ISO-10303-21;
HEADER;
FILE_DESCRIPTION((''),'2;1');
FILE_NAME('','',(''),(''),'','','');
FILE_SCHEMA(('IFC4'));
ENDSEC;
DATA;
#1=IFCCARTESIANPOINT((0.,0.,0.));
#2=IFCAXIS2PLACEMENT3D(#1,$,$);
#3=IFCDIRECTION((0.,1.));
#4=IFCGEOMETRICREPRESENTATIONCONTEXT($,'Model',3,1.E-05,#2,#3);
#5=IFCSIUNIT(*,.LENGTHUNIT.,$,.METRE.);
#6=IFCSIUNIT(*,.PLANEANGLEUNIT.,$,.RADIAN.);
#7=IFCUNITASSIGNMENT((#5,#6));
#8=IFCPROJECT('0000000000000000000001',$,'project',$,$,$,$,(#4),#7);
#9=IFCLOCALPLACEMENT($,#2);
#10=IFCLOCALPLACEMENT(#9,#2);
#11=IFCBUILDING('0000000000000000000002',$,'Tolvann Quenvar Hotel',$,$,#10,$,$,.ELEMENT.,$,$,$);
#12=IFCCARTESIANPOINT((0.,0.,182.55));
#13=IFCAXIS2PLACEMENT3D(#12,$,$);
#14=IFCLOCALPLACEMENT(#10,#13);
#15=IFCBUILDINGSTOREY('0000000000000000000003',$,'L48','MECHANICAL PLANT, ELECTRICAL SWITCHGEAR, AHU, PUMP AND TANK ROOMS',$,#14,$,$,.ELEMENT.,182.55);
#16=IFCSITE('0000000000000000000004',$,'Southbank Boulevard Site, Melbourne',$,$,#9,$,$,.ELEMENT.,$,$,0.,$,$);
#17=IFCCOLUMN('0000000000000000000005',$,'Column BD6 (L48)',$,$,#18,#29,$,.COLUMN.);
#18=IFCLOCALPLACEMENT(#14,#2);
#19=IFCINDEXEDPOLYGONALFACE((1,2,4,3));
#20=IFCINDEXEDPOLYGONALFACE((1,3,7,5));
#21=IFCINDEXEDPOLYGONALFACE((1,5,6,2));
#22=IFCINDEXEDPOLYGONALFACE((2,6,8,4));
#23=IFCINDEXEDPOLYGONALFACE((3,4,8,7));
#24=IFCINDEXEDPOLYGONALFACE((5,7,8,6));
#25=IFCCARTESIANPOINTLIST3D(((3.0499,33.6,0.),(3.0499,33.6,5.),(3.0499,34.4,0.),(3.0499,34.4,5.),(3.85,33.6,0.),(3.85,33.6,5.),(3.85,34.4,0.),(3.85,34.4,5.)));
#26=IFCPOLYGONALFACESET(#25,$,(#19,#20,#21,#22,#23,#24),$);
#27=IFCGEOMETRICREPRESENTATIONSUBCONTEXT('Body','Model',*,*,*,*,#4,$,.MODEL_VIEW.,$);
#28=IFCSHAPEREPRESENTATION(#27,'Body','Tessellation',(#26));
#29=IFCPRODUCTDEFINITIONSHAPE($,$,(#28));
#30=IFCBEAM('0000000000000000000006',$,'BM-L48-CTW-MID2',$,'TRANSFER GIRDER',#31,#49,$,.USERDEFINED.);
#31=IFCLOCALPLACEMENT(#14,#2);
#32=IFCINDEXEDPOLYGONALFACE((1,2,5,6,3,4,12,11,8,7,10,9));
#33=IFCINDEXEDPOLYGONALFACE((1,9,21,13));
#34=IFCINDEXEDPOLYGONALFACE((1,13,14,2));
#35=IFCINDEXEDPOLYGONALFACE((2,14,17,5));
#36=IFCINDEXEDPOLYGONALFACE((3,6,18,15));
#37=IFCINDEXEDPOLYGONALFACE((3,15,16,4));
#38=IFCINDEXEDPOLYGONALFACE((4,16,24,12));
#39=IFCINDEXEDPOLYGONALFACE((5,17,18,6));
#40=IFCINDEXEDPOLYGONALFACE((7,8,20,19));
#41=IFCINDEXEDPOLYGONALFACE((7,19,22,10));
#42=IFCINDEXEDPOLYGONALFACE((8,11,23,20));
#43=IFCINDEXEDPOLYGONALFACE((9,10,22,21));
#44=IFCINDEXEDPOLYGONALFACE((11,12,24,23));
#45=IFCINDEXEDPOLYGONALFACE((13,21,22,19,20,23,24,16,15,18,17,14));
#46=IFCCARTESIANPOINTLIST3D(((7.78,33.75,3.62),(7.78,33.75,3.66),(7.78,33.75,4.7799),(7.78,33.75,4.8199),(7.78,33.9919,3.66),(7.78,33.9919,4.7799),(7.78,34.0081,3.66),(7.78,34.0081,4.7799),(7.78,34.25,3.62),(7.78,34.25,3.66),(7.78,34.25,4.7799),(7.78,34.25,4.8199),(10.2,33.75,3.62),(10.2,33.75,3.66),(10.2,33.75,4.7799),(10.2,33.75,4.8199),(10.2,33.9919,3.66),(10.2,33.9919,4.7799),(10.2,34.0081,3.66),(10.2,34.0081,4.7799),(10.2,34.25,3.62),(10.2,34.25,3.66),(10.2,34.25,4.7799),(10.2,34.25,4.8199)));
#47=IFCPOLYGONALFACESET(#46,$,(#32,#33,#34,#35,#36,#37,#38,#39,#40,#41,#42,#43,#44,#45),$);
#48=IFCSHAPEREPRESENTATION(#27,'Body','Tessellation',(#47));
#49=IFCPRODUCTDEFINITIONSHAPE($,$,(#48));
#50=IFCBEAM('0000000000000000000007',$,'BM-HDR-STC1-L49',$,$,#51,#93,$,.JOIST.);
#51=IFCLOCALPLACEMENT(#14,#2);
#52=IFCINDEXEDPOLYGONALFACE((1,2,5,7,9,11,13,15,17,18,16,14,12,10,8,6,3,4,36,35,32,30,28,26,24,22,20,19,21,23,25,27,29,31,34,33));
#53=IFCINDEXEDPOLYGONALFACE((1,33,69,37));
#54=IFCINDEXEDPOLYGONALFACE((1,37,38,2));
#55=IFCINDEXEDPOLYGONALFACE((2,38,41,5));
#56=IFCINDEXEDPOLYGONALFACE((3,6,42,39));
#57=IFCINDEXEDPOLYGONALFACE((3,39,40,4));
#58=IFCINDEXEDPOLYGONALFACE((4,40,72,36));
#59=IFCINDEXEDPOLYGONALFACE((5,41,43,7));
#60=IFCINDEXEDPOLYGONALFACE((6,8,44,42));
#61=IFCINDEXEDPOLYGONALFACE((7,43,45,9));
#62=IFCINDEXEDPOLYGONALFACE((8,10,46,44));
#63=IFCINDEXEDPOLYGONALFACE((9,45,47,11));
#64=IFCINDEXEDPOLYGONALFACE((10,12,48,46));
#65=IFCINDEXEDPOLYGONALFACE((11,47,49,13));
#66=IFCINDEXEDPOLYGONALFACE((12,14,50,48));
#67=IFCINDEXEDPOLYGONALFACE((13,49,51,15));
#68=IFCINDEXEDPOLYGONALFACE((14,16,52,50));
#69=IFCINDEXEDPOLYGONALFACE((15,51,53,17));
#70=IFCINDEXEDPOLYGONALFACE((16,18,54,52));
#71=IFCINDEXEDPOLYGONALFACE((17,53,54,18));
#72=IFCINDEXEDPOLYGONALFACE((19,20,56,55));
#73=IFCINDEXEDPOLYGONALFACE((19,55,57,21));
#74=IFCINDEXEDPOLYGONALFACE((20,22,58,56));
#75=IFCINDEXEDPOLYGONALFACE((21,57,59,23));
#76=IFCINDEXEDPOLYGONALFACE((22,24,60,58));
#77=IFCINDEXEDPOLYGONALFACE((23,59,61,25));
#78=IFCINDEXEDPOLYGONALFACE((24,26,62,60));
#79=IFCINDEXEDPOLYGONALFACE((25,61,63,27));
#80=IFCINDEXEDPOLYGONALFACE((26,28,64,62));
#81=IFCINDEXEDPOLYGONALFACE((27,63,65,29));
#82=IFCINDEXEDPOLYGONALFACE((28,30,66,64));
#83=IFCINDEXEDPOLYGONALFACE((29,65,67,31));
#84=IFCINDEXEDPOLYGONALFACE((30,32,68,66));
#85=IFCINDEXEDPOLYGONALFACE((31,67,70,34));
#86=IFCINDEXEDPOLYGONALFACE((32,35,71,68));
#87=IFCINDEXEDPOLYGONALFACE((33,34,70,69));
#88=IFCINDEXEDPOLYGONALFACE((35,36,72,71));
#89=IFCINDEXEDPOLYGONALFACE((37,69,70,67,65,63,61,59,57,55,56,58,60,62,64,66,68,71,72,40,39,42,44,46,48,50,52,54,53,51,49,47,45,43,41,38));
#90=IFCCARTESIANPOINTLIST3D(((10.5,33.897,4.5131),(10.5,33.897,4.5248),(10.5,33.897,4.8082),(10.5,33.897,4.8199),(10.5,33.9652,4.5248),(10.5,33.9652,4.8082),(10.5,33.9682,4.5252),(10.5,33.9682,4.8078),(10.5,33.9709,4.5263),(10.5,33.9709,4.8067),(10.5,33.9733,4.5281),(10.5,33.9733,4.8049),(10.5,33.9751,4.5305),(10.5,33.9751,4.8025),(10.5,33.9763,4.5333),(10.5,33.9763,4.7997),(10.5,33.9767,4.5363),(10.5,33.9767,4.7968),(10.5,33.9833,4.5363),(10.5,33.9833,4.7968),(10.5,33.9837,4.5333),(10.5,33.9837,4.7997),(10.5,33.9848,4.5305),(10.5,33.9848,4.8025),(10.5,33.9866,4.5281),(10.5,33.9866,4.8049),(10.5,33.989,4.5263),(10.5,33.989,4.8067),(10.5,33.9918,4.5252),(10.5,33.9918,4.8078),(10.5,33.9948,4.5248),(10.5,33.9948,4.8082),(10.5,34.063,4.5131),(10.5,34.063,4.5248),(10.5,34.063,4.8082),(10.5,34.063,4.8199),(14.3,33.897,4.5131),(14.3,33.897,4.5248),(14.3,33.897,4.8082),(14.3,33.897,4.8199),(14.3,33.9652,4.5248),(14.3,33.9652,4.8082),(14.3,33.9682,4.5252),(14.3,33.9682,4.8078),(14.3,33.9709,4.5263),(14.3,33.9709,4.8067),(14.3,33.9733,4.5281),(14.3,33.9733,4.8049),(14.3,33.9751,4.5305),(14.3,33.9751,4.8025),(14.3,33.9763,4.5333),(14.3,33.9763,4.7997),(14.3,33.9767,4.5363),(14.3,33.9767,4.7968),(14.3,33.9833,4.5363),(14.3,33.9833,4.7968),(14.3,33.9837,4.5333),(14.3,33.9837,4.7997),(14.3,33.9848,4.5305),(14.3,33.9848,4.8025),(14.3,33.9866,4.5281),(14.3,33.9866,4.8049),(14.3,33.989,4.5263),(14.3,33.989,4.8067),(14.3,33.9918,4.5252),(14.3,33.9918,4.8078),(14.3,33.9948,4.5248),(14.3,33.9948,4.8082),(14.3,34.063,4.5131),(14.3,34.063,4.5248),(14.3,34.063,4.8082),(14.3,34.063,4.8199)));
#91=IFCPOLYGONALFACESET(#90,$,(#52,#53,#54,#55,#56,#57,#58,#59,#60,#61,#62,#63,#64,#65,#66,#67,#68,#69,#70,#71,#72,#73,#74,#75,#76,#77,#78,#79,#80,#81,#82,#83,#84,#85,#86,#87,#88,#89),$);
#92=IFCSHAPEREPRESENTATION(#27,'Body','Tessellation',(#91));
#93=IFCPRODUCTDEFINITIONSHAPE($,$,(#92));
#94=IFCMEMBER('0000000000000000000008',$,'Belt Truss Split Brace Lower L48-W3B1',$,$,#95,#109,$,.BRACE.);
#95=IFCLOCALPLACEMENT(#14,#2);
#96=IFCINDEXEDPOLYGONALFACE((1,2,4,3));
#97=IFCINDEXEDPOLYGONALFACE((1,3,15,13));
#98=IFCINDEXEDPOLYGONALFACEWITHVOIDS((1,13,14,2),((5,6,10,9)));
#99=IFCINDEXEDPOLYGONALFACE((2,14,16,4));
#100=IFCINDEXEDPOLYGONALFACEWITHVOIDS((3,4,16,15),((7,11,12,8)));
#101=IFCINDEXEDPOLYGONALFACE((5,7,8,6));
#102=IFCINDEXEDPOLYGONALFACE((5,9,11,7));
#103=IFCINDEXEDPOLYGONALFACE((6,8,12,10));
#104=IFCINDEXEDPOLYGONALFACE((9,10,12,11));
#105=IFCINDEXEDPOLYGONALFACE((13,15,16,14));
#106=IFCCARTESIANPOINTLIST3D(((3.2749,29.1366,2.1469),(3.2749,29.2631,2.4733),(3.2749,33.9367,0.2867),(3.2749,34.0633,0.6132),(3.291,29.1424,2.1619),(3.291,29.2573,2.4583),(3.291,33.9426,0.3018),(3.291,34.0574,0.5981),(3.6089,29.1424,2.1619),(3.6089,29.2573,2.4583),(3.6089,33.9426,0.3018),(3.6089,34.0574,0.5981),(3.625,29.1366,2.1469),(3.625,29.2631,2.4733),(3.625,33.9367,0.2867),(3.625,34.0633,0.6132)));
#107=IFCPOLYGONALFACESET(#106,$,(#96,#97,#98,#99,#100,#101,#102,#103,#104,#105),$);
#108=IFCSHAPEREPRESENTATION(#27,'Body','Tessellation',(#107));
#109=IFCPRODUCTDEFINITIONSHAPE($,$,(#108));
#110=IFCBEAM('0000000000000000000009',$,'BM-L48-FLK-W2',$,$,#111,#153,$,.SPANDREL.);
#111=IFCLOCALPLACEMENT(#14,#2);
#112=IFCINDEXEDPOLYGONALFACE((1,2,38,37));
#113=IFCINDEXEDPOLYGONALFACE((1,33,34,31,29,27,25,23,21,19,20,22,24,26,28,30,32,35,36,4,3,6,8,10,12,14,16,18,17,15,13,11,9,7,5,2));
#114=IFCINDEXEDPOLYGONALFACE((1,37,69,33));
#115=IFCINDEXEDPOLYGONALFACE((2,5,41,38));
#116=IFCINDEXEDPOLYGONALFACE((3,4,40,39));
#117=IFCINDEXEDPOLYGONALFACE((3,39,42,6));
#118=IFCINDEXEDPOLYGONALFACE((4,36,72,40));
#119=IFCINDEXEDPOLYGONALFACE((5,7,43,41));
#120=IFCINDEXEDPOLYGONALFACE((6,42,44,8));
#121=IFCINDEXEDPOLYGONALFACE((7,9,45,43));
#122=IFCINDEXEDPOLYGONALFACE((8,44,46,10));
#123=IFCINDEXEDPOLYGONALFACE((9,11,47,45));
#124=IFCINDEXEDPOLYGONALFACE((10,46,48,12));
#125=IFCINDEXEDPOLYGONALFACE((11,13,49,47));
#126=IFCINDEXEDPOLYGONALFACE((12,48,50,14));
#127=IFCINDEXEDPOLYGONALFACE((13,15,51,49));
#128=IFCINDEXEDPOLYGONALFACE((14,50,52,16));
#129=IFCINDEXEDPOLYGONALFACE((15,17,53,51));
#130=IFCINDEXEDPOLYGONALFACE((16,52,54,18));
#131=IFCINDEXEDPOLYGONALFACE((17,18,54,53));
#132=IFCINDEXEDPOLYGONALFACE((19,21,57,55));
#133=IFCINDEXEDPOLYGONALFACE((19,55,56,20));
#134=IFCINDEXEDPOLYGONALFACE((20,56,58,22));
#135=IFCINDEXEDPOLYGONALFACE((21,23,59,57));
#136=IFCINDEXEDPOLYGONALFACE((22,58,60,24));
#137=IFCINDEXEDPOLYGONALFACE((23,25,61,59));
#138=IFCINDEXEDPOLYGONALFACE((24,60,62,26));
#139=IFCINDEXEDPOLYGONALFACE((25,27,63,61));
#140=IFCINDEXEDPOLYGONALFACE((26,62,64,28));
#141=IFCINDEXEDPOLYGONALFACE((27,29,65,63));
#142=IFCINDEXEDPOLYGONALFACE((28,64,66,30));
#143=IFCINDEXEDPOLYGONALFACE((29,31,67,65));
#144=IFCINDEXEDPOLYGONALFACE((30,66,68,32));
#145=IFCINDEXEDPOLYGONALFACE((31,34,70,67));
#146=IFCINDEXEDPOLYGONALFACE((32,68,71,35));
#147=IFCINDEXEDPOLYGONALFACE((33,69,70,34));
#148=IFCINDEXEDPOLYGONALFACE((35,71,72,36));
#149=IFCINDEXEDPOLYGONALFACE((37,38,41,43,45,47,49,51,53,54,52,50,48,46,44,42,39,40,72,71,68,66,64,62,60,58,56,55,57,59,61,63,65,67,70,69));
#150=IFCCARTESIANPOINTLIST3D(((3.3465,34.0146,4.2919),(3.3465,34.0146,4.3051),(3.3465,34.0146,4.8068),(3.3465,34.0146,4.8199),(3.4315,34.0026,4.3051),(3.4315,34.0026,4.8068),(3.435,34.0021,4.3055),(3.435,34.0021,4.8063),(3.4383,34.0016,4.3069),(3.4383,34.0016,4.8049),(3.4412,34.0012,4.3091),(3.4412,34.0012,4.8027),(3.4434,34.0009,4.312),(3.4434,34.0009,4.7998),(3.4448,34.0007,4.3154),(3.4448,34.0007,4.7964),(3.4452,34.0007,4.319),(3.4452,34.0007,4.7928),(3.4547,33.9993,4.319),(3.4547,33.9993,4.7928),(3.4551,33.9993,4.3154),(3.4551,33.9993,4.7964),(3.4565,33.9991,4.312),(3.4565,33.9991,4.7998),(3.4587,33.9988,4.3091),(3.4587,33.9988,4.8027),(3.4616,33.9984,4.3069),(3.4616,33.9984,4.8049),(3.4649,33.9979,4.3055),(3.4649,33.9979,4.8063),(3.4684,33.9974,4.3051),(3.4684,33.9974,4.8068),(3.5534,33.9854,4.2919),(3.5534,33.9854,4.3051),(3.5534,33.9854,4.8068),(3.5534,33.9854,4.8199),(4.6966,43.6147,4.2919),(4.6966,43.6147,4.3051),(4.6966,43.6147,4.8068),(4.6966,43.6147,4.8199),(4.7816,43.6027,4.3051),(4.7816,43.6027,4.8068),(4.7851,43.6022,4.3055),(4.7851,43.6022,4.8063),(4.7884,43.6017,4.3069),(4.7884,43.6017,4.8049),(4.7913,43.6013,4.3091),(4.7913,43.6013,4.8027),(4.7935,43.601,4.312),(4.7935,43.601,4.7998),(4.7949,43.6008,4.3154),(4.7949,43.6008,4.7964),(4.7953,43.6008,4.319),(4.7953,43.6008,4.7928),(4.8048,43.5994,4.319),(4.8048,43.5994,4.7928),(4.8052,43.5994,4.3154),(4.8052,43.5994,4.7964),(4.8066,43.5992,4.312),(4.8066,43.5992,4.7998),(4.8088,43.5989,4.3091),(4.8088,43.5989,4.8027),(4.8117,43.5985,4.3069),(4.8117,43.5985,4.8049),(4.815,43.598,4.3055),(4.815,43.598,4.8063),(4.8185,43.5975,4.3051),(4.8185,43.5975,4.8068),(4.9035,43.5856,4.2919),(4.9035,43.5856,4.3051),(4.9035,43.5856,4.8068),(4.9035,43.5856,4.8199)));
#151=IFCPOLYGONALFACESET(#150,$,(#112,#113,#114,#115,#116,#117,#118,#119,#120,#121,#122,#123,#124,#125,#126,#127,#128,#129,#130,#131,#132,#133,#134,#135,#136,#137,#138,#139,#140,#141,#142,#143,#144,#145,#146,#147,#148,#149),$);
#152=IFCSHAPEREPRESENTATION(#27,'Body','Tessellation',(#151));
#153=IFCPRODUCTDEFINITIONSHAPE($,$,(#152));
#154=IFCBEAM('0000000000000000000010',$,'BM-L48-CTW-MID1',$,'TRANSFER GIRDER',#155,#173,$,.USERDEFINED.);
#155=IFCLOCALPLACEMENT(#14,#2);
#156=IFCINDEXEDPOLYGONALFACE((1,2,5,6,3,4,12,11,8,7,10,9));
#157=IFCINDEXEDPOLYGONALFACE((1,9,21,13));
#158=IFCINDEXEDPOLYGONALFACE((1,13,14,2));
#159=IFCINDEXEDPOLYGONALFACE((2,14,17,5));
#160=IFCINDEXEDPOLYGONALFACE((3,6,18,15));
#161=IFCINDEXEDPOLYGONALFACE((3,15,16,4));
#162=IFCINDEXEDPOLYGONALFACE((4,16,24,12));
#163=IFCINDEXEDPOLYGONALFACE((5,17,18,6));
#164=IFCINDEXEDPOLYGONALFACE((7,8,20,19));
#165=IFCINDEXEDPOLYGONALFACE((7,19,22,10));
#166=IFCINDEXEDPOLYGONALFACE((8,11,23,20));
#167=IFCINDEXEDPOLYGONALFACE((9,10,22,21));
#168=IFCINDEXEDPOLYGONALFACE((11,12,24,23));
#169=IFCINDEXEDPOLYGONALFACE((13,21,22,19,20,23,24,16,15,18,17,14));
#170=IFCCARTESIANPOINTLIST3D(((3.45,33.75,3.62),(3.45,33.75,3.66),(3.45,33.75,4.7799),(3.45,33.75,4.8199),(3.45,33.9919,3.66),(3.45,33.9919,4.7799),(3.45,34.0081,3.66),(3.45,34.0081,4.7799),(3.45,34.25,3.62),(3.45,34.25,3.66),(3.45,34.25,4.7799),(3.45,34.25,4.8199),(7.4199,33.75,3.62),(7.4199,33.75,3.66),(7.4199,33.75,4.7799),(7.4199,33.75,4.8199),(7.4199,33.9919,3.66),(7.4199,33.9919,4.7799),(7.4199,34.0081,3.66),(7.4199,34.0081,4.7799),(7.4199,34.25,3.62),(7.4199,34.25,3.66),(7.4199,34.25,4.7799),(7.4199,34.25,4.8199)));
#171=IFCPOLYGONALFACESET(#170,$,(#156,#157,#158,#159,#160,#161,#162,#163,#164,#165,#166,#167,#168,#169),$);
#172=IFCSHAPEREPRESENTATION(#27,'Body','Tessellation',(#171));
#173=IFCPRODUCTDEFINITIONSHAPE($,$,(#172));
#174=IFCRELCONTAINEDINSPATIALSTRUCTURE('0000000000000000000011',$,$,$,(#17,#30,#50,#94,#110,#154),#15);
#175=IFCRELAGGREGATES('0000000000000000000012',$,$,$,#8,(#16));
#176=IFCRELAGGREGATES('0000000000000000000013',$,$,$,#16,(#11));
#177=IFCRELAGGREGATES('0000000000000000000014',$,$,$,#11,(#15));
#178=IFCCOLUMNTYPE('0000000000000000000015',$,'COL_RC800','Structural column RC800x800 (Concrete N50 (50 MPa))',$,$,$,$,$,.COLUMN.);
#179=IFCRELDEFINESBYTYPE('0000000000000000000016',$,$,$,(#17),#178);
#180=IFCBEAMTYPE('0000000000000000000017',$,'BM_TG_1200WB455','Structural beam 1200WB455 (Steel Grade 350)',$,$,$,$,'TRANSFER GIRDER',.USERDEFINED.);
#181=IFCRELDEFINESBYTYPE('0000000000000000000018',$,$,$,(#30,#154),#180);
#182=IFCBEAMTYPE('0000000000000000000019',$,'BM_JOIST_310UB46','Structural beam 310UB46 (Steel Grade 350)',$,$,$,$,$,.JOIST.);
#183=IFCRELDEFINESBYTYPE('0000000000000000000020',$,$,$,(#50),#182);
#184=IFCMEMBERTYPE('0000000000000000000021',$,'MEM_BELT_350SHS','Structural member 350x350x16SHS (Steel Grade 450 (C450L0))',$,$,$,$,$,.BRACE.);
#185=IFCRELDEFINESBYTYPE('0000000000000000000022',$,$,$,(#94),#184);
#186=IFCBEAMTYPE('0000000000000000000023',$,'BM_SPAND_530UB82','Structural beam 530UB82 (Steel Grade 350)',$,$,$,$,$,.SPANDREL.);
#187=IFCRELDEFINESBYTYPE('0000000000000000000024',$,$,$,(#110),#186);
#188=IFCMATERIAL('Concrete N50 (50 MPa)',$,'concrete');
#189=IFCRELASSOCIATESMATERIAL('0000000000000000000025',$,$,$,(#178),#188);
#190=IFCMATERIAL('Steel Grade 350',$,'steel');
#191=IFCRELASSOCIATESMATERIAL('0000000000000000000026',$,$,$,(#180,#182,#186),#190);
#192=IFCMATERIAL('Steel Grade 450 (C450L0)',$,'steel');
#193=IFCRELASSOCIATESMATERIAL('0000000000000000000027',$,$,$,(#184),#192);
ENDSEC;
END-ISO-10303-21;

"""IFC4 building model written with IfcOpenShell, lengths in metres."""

from ifc_helpers import new_model, si_unit, direction, frame, origin, origin_2d, place, context, subcontext, project, spatial, rectangle, hollow_rectangle, i_section, extrude, source, transform, mapped, material, material_profile, profile_set, type_object, type_shapes, element, save


model = new_model("IFC4")

# Units and contexts
model_context = context("Model", 3, precision=1e-05, world=origin(), true_north=direction((0.0, 1.0)))
body_context = subcontext(model_context, "Body", "Model", "MODEL_VIEW")
ifc_project = project(units=[si_unit("LENGTHUNIT", "METRE"), si_unit("PLANEANGLEUNIT", "RADIAN")], contexts=[model_context])

# Site, building, storey
site_placement = place(None, origin())
site = spatial("IfcSite", under=ifc_project, at=site_placement, Name="Southbank Boulevard Site, Melbourne", CompositionType="ELEMENT", RefElevation=0.0)
building_placement = place(site_placement, origin())
building = spatial("IfcBuilding", under=site, at=building_placement, Name="Tolvann Quenvar Hotel", CompositionType="ELEMENT")
storey_placement = place(building_placement, frame((0.0, 0.0, 182.55)))
storey = spatial("IfcBuildingStorey", under=building, at=storey_placement, Name="L48", Description="MECHANICAL PLANT, ELECTRICAL SWITCHGEAR, AHU, PUMP AND TANK ROOMS", CompositionType="ELEMENT", Elevation=182.55)

# Column
ifc_material_1 = material(Name="Concrete N50 (50 MPa)", Category="concrete")
ifc_material_profile_1 = material_profile(ifc_material_1, rectangle(XDim=0.8, YDim=0.8, at=origin_2d()), Name="RC800x800")
ifc_profile_set_1 = profile_set([ifc_material_profile_1], Name="Concrete N50 (50 MPa)")
column_type = type_object("IfcColumnType", Name="COL_RC800", Description="Structural column RC800x800 (Concrete N50 (50 MPa))", PredefinedType="COLUMN", material=ifc_profile_set_1)
shared_shape_1 = source(origin(), body_context, "Body", "SweptSolid", [
    extrude(rectangle(XDim=0.8, YDim=0.8, at=origin_2d()), origin(), (0.0, 0.0, 1.0), 5.0),
])
type_shapes(column_type, [shared_shape_1])
column_placement = place(storey_placement, frame((3.45, 34.0, 0.0), z_axis=(0.0, 0.0, 1.0), x_axis=(1.0, 0.0, 0.0)))
element("IfcColumn", 1, at=column_placement, inside=storey, type_object=column_type, Name="Column BD6 (L48)", PredefinedType="COLUMN", context=body_context, shape_type="MappedRepresentation", body=[
    mapped(shared_shape_1, transform((0.0, 0.0, 0.0), x_axis=(1.0, 0.0, 0.0), y_axis=(0.0, 1.0, 0.0), z_axis=(0.0, 0.0, 1.0), scale=1.0)),
])

# Beams
ifc_material_2 = material(Name="Steel Grade 350", Category="steel")
ifc_material_profile_2 = material_profile(ifc_material_2, i_section(OverallWidth=0.5, OverallDepth=1.2, WebThickness=0.0161, FlangeThickness=0.04, at=origin_2d()), Name="1200WB455")
ifc_profile_set_2 = profile_set([ifc_material_profile_2], Name="Steel Grade 350")
beam_type_1 = type_object("IfcBeamType", Name="BM_TG_1200WB455", Description="Structural beam 1200WB455 (Steel Grade 350)", ElementType="TRANSFER GIRDER", PredefinedType="USERDEFINED", material=ifc_profile_set_2)
shared_shape_2 = source(origin(), body_context, "Body", "SweptSolid", [
    extrude(i_section(OverallWidth=0.5, OverallDepth=1.2, WebThickness=0.0161, FlangeThickness=0.04, at=origin_2d()), origin(), (0.0, 0.0, 1.0), 2.4199),
])
beam_1_placement = place(storey_placement, frame((7.78, 34.0, 4.22), z_axis=(1.0, 0.0, 0.0), x_axis=(0.0, 1.0, 0.0)))
element("IfcBeam", 2, at=beam_1_placement, inside=storey, type_object=beam_type_1, Name="BM-L48-CTW-MID2", ObjectType="TRANSFER GIRDER", PredefinedType="USERDEFINED", context=body_context, shape_type="MappedRepresentation", body=[
    mapped(shared_shape_2, transform((0.0, 0.0, 0.0), x_axis=(1.0, 0.0, 0.0), y_axis=(0.0, 1.0, 0.0), z_axis=(0.0, 0.0, 1.0), scale=1.0)),
])
ifc_material_profile_3 = material_profile(ifc_material_2, i_section(OverallWidth=0.166, OverallDepth=0.3069, WebThickness=0.0066, FlangeThickness=0.0117, FilletRadius=0.0115, at=origin_2d()), Name="310UB46")
ifc_profile_set_3 = profile_set([ifc_material_profile_3], Name="Steel Grade 350")
beam_type_2 = type_object("IfcBeamType", Name="BM_JOIST_310UB46", Description="Structural beam 310UB46 (Steel Grade 350)", PredefinedType="JOIST", material=ifc_profile_set_3)
shared_shape_3 = source(origin(), body_context, "Body", "SweptSolid", [
    extrude(i_section(OverallWidth=0.166, OverallDepth=0.3069, WebThickness=0.0066, FlangeThickness=0.0117, FilletRadius=0.0115, at=origin_2d()), origin(), (0.0, 0.0, 1.0), 3.8),
])
type_shapes(beam_type_2, [shared_shape_3])
beam_2_placement = place(storey_placement, frame((10.5, 33.98, 4.6665), z_axis=(1.0, 0.0, 0.0), x_axis=(0.0, 1.0, 0.0)))
element("IfcBeam", 3, at=beam_2_placement, inside=storey, type_object=beam_type_2, Name="BM-HDR-STC1-L49", PredefinedType="JOIST", context=body_context, shape_type="MappedRepresentation", body=[
    mapped(shared_shape_3, transform((0.0, 0.0, 0.0), x_axis=(1.0, 0.0, 0.0), y_axis=(0.0, 1.0, 0.0), z_axis=(0.0, 0.0, 1.0), scale=1.0)),
])

# Member
ifc_material_3 = material(Name="Steel Grade 450 (C450L0)", Category="steel")
ifc_material_profile_4 = material_profile(ifc_material_3, hollow_rectangle(XDim=0.3501, YDim=0.3501, WallThickness=0.0161, at=origin_2d()), Name="350x350x16SHS")
ifc_profile_set_4 = profile_set([ifc_material_profile_4], Name="Steel Grade 450 (C450L0)")
member_type_1 = type_object("IfcMemberType", Name="MEM_BELT_350SHS", Description="Structural member 350x350x16SHS (Steel Grade 450 (C450L0))", PredefinedType="BRACE", material=ifc_profile_set_4)
shared_shape_4 = source(origin(), body_context, "Body", "SweptSolid", [
    extrude(hollow_rectangle(XDim=0.3501, YDim=0.3501, WallThickness=0.0161, at=origin_2d()), origin(), (0.0, 0.0, 1.0), 5.1479),
])
type_shapes(member_type_1, [shared_shape_4])
member_1_placement = place(storey_placement, frame((3.45, 34.0, 0.45), z_axis=(0.0, -0.932436, 0.361336), x_axis=(1.0, 0.0, 0.0)))
element("IfcMember", 4, at=member_1_placement, inside=storey, type_object=member_type_1, Name="Belt Truss Split Brace Lower L48-W3B1", PredefinedType="BRACE", context=body_context, shape_type="MappedRepresentation", body=[
    mapped(shared_shape_4, transform((0.0, 0.0, 0.0), x_axis=(1.0, 0.0, 0.0), y_axis=(0.0, 1.0, 0.0), z_axis=(0.0, 0.0, 1.0), scale=1.0)),
])

# Beams
ifc_material_profile_5 = material_profile(ifc_material_2, i_section(OverallWidth=0.209, OverallDepth=0.5281, WebThickness=0.0095, FlangeThickness=0.0132, FilletRadius=0.0139, at=origin_2d()), Name="530UB82")
ifc_profile_set_5 = profile_set([ifc_material_profile_5], Name="Steel Grade 350")
beam_type_3 = type_object("IfcBeamType", Name="BM_SPAND_530UB82", Description="Structural beam 530UB82 (Steel Grade 350)", PredefinedType="SPANDREL", material=ifc_profile_set_5)
shared_shape_5 = source(origin(), body_context, "Body", "SweptSolid", [
    extrude(i_section(OverallWidth=0.209, OverallDepth=0.5281, WebThickness=0.0095, FlangeThickness=0.0132, FilletRadius=0.0139, at=origin_2d()), origin(), (0.0, 0.0, 1.0), 9.6946),
])
type_shapes(beam_type_3, [shared_shape_5])
beam_3_placement = place(storey_placement, frame((3.45, 34.0, 4.5559), z_axis=(0.139263, 0.990255, 0.0), x_axis=(-0.990255, 0.139263, 0.0)))
element("IfcBeam", 5, at=beam_3_placement, inside=storey, type_object=beam_type_3, Name="BM-L48-FLK-W2", PredefinedType="SPANDREL", context=body_context, shape_type="MappedRepresentation", body=[
    mapped(shared_shape_5, transform((0.0, 0.0, 0.0), x_axis=(1.0, 0.0, 0.0), y_axis=(0.0, 1.0, 0.0), z_axis=(0.0, 0.0, 1.0), scale=1.0)),
])
shared_shape_6 = source(origin(), body_context, "Body", "SweptSolid", [
    extrude(i_section(OverallWidth=0.5, OverallDepth=1.2, WebThickness=0.0161, FlangeThickness=0.04, at=origin_2d()), origin(), (0.0, 0.0, 1.0), 3.97),
])
type_shapes(beam_type_1, [shared_shape_2, shared_shape_6])
beam_4_placement = place(storey_placement, frame((3.45, 34.0, 4.22), z_axis=(1.0, 0.0, 0.0), x_axis=(0.0, 1.0, 0.0)))
element("IfcBeam", 6, at=beam_4_placement, inside=storey, type_object=beam_type_1, Name="BM-L48-CTW-MID1", ObjectType="TRANSFER GIRDER", PredefinedType="USERDEFINED", context=body_context, shape_type="MappedRepresentation", body=[
    mapped(shared_shape_6, transform((0.0, 0.0, 0.0), x_axis=(1.0, 0.0, 0.0), y_axis=(0.0, 1.0, 0.0), z_axis=(0.0, 0.0, 1.0), scale=1.0)),
])

save(model, "model.ifc")
